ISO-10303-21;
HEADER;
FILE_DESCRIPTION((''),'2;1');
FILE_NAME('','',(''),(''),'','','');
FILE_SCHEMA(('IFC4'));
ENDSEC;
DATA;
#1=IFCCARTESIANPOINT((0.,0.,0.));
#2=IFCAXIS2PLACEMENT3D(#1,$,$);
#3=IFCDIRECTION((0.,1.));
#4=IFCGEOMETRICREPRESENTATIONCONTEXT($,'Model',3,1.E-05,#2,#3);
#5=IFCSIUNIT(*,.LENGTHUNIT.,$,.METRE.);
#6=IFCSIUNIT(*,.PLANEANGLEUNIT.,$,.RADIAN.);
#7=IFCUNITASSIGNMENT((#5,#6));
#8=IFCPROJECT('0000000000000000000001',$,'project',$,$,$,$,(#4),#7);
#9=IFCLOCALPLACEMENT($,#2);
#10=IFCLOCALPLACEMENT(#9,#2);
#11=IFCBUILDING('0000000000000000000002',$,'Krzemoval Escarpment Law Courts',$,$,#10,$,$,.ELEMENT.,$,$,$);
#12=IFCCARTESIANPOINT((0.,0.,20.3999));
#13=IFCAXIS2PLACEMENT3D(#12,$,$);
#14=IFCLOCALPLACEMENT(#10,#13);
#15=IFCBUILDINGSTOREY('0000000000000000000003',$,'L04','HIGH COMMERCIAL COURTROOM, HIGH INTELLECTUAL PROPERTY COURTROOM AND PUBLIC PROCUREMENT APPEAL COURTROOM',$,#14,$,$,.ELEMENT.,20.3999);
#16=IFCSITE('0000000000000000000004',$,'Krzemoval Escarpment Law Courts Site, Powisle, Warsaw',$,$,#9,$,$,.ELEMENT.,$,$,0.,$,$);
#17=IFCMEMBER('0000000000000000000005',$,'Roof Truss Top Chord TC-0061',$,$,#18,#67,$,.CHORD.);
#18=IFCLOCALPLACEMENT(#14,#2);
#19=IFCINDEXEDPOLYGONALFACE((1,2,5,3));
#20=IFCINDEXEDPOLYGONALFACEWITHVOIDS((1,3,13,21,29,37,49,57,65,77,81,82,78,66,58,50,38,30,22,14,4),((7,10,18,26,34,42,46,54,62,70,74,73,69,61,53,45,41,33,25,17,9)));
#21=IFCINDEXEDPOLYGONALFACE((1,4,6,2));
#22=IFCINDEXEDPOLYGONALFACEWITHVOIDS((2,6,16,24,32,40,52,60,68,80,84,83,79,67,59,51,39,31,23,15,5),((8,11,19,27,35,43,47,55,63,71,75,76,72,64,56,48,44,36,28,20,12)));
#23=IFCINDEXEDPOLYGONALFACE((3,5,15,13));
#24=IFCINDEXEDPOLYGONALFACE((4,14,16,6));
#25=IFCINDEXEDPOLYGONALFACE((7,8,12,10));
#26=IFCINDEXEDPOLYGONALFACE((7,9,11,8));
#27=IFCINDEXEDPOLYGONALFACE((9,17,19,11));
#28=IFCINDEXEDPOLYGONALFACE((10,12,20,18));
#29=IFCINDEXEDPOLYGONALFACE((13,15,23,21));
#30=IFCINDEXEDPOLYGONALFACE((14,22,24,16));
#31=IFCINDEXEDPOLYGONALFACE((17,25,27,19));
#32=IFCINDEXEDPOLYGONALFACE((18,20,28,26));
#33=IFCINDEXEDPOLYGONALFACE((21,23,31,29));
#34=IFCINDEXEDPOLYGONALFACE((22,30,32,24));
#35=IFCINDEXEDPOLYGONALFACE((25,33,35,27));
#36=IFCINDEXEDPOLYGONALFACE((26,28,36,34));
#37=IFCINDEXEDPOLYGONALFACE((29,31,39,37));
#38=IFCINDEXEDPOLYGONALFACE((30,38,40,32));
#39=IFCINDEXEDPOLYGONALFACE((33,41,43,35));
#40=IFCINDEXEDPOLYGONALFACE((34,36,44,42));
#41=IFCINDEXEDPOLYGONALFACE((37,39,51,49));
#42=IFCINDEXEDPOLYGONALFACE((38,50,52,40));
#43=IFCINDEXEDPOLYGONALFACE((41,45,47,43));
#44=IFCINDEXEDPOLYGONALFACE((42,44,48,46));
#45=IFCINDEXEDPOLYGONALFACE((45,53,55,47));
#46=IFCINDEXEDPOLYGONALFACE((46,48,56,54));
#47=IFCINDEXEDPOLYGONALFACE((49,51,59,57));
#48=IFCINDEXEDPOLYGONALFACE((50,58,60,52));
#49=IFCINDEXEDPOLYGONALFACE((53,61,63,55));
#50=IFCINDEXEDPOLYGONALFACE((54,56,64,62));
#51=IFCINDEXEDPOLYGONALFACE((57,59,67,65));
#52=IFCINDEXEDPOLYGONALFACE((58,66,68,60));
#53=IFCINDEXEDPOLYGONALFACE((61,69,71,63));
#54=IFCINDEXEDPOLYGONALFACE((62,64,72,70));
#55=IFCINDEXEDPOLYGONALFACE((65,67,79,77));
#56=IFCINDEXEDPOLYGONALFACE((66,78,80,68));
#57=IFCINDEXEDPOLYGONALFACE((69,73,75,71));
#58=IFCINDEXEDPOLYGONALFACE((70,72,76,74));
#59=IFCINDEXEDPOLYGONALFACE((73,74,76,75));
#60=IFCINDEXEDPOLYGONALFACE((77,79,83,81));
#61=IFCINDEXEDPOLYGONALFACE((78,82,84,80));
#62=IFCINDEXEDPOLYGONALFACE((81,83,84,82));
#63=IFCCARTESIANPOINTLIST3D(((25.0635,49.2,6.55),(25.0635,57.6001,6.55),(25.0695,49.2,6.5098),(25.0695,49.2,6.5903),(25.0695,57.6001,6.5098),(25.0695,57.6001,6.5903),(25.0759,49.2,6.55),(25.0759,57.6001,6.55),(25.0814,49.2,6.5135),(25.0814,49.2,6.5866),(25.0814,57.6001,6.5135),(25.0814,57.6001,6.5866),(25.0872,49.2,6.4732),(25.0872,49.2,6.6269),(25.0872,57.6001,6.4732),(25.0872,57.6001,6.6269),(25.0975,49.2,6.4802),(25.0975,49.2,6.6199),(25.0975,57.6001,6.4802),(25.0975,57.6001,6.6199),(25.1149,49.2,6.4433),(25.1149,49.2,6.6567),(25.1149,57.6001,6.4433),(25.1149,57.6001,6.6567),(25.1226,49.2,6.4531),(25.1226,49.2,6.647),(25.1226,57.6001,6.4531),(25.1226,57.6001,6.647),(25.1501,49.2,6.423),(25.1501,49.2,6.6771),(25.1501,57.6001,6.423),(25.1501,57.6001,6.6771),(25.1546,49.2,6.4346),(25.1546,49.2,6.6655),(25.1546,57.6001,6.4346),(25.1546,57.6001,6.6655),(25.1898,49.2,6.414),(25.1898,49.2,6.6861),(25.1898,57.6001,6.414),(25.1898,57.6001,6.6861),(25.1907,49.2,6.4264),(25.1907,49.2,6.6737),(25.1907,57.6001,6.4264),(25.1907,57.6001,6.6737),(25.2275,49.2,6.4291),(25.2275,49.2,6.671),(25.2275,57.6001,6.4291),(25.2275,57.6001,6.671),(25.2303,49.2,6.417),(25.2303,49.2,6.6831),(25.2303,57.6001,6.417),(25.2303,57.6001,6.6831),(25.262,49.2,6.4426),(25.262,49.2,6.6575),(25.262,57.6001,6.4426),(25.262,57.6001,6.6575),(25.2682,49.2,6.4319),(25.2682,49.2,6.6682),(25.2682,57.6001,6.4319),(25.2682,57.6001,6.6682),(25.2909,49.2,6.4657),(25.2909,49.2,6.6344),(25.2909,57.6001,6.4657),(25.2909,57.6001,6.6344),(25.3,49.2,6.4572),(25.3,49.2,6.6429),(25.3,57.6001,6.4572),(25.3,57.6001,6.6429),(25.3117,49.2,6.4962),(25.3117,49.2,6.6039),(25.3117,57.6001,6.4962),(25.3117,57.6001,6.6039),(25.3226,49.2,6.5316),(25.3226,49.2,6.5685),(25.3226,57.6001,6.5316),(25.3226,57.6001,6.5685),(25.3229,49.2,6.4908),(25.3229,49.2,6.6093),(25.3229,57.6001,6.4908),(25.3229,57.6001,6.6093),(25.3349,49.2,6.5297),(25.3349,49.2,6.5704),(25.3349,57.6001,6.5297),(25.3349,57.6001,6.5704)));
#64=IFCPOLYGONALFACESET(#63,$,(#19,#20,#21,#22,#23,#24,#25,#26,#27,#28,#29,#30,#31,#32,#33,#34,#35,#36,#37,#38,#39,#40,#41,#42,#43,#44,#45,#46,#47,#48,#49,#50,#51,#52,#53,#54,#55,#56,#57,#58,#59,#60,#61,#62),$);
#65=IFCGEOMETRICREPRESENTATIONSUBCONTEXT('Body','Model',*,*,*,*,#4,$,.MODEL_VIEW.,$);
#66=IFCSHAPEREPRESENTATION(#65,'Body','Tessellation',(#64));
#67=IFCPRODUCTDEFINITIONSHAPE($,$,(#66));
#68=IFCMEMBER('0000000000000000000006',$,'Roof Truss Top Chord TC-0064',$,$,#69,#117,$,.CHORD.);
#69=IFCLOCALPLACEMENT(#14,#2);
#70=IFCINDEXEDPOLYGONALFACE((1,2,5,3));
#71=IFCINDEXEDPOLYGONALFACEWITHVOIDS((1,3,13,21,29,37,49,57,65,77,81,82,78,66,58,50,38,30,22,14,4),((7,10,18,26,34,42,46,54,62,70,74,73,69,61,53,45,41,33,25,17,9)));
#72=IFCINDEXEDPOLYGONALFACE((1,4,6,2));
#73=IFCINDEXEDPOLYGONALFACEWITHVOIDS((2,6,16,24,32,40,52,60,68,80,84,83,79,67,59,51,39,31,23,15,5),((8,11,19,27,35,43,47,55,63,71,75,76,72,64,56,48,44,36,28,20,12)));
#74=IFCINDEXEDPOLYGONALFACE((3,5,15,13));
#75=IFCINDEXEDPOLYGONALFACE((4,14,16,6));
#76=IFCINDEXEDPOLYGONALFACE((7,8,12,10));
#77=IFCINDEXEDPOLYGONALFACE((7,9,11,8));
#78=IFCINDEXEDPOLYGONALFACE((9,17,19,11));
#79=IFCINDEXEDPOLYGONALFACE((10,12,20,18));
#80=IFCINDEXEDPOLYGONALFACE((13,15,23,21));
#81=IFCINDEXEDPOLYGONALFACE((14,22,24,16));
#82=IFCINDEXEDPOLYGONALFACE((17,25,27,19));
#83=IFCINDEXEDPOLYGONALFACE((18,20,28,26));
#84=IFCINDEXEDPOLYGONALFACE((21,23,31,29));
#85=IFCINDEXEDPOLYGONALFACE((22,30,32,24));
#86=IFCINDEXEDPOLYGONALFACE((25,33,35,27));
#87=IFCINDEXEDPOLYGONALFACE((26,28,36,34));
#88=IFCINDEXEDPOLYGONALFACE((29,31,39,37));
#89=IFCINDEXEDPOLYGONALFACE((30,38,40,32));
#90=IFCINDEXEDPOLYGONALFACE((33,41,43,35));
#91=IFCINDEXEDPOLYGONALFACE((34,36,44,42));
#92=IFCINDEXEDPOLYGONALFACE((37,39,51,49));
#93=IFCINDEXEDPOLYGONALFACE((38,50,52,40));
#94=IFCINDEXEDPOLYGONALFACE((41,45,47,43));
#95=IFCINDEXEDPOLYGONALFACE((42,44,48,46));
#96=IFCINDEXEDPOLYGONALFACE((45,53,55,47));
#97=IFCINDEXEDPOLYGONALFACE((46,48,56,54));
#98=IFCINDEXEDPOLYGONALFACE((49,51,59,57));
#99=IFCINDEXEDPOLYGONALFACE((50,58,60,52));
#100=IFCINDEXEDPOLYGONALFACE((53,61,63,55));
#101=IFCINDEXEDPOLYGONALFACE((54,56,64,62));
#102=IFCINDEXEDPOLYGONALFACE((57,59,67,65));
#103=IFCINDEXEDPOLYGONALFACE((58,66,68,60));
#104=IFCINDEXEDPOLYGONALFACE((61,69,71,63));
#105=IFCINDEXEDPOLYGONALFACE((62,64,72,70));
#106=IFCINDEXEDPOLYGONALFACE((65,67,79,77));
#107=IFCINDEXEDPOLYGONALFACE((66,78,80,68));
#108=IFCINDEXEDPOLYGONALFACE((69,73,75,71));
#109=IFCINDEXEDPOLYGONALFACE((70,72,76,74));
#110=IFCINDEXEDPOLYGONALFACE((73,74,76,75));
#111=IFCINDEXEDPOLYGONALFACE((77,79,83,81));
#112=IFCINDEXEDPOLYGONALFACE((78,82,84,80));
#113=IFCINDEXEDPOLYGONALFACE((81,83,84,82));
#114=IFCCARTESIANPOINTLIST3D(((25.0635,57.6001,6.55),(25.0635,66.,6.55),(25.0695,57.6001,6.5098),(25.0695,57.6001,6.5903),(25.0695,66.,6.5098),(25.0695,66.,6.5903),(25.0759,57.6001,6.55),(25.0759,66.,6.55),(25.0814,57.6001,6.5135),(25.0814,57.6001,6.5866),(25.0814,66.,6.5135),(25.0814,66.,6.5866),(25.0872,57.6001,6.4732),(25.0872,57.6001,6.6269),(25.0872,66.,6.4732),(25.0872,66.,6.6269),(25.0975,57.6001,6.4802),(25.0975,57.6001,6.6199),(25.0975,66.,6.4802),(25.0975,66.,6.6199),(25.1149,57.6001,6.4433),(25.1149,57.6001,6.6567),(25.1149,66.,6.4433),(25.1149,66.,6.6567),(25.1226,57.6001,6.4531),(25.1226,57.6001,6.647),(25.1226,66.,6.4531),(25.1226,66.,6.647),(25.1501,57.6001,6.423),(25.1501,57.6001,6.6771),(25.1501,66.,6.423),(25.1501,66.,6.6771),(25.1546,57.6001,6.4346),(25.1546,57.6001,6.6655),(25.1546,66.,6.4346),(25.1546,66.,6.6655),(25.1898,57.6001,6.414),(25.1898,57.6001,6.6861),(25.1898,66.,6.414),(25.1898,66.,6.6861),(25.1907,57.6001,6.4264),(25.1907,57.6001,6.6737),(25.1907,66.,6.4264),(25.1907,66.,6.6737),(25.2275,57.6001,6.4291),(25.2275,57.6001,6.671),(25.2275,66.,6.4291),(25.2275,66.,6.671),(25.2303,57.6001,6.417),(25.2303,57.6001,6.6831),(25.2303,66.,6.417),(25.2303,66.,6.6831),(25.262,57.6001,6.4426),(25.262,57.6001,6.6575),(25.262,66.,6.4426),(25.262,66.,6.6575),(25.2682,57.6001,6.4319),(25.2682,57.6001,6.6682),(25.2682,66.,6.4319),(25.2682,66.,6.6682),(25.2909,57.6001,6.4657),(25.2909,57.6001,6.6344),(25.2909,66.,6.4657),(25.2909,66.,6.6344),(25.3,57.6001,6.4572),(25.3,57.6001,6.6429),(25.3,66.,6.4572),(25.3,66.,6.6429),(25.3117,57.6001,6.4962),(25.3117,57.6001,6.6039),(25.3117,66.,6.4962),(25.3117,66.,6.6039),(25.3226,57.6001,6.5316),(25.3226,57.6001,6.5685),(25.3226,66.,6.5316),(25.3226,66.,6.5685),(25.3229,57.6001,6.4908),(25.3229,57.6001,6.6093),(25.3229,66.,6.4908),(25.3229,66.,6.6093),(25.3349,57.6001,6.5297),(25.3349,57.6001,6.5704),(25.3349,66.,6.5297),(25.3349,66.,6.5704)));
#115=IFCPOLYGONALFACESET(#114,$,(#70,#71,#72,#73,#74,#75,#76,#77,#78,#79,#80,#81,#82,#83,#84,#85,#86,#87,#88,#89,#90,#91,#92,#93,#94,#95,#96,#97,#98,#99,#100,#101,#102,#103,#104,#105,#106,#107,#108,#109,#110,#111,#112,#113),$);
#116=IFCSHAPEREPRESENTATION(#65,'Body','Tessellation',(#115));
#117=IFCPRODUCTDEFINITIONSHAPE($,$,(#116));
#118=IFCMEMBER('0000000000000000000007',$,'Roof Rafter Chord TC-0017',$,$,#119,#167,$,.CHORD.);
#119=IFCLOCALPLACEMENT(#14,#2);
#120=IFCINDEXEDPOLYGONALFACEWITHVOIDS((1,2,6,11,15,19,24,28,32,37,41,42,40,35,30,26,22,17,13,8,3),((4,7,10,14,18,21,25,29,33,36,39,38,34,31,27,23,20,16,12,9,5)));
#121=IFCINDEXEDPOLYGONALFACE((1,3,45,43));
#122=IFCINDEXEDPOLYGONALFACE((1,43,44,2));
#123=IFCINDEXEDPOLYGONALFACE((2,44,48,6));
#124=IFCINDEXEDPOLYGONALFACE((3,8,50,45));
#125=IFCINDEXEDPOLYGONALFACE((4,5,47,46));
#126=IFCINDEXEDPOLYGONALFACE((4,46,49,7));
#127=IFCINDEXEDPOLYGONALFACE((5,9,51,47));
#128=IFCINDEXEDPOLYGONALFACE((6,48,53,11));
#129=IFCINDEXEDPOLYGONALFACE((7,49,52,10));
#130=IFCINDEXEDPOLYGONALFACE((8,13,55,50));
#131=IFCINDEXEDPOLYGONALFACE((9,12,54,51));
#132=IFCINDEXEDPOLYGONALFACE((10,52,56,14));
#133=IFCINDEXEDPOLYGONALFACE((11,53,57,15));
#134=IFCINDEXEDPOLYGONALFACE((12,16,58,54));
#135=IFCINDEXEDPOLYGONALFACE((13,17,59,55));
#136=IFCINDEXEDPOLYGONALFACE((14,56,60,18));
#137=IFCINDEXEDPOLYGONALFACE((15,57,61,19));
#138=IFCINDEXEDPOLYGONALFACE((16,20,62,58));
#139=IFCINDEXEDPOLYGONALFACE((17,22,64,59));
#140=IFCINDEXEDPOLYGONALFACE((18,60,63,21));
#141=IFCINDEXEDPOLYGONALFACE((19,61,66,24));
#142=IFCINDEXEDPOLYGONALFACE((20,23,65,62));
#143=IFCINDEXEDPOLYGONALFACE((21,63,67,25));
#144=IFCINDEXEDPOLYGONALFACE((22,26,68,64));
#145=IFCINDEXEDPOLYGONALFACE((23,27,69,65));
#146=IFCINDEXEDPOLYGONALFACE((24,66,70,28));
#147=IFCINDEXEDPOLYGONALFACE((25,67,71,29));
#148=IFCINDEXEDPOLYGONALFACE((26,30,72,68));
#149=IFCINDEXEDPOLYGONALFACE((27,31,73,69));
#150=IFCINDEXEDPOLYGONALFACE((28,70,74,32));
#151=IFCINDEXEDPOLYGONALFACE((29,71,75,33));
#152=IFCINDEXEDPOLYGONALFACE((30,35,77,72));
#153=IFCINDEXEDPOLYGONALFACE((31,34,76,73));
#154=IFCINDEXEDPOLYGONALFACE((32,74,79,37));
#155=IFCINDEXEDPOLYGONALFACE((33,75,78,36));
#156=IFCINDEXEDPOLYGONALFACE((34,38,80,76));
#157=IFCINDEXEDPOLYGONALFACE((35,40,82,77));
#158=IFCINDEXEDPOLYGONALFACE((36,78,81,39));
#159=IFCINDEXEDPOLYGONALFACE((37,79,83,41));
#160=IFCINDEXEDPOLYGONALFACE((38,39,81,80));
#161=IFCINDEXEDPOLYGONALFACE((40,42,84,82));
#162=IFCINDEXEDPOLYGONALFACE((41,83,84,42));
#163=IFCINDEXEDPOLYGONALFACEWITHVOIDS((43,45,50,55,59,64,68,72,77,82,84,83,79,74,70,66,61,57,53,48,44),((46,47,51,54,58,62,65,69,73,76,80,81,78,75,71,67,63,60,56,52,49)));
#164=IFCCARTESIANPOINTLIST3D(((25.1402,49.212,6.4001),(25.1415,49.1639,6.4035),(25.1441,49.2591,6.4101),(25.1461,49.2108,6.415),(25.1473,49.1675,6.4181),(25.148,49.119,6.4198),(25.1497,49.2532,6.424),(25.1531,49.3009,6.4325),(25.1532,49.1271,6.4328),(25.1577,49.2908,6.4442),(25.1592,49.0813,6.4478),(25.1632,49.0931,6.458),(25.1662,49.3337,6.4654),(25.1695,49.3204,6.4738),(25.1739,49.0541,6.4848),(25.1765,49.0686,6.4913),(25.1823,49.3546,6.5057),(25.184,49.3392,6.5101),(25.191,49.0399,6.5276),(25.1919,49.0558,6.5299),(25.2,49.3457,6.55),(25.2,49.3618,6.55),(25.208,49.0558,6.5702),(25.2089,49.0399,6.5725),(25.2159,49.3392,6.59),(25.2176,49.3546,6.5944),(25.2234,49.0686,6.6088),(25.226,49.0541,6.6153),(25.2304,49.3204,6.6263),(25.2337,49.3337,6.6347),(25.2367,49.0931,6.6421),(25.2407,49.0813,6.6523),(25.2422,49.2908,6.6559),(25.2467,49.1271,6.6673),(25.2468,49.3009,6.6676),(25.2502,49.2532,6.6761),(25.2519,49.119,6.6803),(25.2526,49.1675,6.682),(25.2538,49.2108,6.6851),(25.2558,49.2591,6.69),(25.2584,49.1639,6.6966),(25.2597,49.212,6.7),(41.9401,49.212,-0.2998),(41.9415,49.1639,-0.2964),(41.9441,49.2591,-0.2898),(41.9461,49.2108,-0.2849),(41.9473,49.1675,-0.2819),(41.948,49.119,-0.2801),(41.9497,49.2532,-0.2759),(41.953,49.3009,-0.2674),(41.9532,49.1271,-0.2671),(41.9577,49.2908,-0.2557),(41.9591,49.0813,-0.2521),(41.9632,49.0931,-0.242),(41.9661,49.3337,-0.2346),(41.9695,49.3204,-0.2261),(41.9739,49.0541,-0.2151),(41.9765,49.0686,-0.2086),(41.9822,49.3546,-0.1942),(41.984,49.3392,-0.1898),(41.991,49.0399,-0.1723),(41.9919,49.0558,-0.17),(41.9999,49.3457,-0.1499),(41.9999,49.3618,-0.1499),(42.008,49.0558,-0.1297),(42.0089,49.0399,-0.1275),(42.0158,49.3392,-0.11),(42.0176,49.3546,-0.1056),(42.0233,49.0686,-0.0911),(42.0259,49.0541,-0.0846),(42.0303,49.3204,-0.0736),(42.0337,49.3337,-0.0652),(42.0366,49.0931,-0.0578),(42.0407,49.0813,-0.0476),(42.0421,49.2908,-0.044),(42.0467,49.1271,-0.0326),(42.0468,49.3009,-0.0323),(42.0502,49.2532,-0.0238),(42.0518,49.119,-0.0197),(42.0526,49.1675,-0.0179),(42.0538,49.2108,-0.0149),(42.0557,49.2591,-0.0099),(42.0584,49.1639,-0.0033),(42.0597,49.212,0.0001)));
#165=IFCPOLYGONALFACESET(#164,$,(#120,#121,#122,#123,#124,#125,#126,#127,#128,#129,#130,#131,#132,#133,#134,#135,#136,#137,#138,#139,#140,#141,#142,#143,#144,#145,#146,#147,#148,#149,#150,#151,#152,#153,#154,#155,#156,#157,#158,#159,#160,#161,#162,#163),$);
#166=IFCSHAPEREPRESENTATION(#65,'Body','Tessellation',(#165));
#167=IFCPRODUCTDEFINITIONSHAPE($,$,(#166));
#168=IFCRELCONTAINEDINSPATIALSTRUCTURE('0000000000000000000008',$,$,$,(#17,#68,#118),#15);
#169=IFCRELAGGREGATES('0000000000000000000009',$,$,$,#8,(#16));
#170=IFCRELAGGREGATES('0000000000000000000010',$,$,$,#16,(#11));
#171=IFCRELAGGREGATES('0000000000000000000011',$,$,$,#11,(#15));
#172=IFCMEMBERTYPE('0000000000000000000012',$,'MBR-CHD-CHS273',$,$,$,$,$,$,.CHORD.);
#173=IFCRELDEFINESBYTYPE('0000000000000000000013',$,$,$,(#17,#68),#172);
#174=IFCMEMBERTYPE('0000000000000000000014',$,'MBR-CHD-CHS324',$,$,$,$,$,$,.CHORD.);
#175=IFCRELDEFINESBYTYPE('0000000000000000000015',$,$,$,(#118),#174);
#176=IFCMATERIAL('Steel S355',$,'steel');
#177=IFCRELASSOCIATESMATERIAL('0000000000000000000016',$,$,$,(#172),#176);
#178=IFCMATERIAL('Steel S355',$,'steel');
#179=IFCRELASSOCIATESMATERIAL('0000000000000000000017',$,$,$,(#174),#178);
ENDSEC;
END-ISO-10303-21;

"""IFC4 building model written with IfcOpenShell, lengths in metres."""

from ifc_helpers import new_model, si_unit, direction, frame, origin, origin_2d, place, context, subcontext, project, spatial, hollow_circle, extrude, material, material_profile, profile_set, type_object, element, save


model = new_model("IFC4")

# Units and contexts
model_context = context("Model", 3, precision=1e-05, world=origin(), true_north=direction((0.0, 1.0)))
body_context = subcontext(model_context, "Body", "Model", "MODEL_VIEW")
ifc_project = project(units=[si_unit("LENGTHUNIT", "METRE"), si_unit("PLANEANGLEUNIT", "RADIAN")], contexts=[model_context])

# Site, building, storey
site_placement = place(None, origin())
site = spatial("IfcSite", under=ifc_project, at=site_placement, Name="Krzemoval Escarpment Law Courts Site, Powisle, Warsaw", CompositionType="ELEMENT", RefElevation=0.0)
building_placement = place(site_placement, origin())
building = spatial("IfcBuilding", under=site, at=building_placement, Name="Krzemoval Escarpment Law Courts", CompositionType="ELEMENT")
storey_placement = place(building_placement, frame((0.0, 0.0, 20.3999)))
storey = spatial("IfcBuildingStorey", under=building, at=storey_placement, Name="L04", Description="HIGH COMMERCIAL COURTROOM, HIGH INTELLECTUAL PROPERTY COURTROOM AND PUBLIC PROCUREMENT APPEAL COURTROOM", CompositionType="ELEMENT", Elevation=20.3999)

# Members
ifc_material_1 = material(Name="Steel S355", Category="steel")
ifc_material_profile_1 = material_profile(ifc_material_1, hollow_circle(Radius=0.1365, WallThickness=0.0125, at=origin_2d()), Name="CHS 273x12.5")
ifc_profile_set_1 = profile_set([ifc_material_profile_1], Name="Steel S355")
member_type_1 = type_object("IfcMemberType", Name="MBR-CHD-CHS273", PredefinedType="CHORD", material=ifc_profile_set_1)
member_1_placement = place(storey_placement, frame((25.2, 49.2, 6.55), z_axis=(0.0, 1.0, 0.0), x_axis=(-1.0, 0.0, 0.0)))
element("IfcMember", 1, at=member_1_placement, inside=storey, type_object=member_type_1, Name="Roof Truss Top Chord TC-0061", PredefinedType="CHORD", context=body_context, shape_type="SweptSolid", body=[
    extrude(hollow_circle(Radius=0.1365, WallThickness=0.0125, at=origin_2d()), origin(), (0.0, 0.0, 1.0), 8.4001),
])
member_2_placement = place(storey_placement, frame((25.2, 57.6001, 6.55), z_axis=(0.0, 1.0, 0.0), x_axis=(-1.0, 0.0, 0.0)))
element("IfcMember", 2, at=member_2_placement, inside=storey, type_object=member_type_1, Name="Roof Truss Top Chord TC-0064", PredefinedType="CHORD", context=body_context, shape_type="SweptSolid", body=[
    extrude(hollow_circle(Radius=0.1365, WallThickness=0.0125, at=origin_2d()), origin(), (0.0, 0.0, 1.0), 8.3999),
])
ifc_material_2 = material(Name="Steel S355", Category="steel")
ifc_material_profile_2 = material_profile(ifc_material_2, hollow_circle(Radius=0.1619, WallThickness=0.0161, at=origin_2d()), Name="CHS 323.9x16")
ifc_profile_set_2 = profile_set([ifc_material_profile_2], Name="Steel S355")
member_type_2 = type_object("IfcMemberType", Name="MBR-CHD-CHS324", PredefinedType="CHORD", material=ifc_profile_set_2)
for number, where, z_axis, x_axis, name in (
    (3, (25.2, 49.2, 6.55), (0.928859, 0.0, -0.370434), (0.0, 1.0, 0.0), "Roof Rafter Chord TC-0017"),
):
    element("IfcMember", number, at=place(storey_placement, frame(where, z_axis=z_axis, x_axis=x_axis)), inside=storey, type_object=member_type_2, Name=name, PredefinedType="CHORD", context=body_context, shape_type="SweptSolid", body=[
        extrude(hollow_circle(Radius=0.1619, WallThickness=0.0161, at=origin_2d()), origin(), (0.0, 0.0, 1.0), 18.0867),
    ])

save(model, "model.ifc")
